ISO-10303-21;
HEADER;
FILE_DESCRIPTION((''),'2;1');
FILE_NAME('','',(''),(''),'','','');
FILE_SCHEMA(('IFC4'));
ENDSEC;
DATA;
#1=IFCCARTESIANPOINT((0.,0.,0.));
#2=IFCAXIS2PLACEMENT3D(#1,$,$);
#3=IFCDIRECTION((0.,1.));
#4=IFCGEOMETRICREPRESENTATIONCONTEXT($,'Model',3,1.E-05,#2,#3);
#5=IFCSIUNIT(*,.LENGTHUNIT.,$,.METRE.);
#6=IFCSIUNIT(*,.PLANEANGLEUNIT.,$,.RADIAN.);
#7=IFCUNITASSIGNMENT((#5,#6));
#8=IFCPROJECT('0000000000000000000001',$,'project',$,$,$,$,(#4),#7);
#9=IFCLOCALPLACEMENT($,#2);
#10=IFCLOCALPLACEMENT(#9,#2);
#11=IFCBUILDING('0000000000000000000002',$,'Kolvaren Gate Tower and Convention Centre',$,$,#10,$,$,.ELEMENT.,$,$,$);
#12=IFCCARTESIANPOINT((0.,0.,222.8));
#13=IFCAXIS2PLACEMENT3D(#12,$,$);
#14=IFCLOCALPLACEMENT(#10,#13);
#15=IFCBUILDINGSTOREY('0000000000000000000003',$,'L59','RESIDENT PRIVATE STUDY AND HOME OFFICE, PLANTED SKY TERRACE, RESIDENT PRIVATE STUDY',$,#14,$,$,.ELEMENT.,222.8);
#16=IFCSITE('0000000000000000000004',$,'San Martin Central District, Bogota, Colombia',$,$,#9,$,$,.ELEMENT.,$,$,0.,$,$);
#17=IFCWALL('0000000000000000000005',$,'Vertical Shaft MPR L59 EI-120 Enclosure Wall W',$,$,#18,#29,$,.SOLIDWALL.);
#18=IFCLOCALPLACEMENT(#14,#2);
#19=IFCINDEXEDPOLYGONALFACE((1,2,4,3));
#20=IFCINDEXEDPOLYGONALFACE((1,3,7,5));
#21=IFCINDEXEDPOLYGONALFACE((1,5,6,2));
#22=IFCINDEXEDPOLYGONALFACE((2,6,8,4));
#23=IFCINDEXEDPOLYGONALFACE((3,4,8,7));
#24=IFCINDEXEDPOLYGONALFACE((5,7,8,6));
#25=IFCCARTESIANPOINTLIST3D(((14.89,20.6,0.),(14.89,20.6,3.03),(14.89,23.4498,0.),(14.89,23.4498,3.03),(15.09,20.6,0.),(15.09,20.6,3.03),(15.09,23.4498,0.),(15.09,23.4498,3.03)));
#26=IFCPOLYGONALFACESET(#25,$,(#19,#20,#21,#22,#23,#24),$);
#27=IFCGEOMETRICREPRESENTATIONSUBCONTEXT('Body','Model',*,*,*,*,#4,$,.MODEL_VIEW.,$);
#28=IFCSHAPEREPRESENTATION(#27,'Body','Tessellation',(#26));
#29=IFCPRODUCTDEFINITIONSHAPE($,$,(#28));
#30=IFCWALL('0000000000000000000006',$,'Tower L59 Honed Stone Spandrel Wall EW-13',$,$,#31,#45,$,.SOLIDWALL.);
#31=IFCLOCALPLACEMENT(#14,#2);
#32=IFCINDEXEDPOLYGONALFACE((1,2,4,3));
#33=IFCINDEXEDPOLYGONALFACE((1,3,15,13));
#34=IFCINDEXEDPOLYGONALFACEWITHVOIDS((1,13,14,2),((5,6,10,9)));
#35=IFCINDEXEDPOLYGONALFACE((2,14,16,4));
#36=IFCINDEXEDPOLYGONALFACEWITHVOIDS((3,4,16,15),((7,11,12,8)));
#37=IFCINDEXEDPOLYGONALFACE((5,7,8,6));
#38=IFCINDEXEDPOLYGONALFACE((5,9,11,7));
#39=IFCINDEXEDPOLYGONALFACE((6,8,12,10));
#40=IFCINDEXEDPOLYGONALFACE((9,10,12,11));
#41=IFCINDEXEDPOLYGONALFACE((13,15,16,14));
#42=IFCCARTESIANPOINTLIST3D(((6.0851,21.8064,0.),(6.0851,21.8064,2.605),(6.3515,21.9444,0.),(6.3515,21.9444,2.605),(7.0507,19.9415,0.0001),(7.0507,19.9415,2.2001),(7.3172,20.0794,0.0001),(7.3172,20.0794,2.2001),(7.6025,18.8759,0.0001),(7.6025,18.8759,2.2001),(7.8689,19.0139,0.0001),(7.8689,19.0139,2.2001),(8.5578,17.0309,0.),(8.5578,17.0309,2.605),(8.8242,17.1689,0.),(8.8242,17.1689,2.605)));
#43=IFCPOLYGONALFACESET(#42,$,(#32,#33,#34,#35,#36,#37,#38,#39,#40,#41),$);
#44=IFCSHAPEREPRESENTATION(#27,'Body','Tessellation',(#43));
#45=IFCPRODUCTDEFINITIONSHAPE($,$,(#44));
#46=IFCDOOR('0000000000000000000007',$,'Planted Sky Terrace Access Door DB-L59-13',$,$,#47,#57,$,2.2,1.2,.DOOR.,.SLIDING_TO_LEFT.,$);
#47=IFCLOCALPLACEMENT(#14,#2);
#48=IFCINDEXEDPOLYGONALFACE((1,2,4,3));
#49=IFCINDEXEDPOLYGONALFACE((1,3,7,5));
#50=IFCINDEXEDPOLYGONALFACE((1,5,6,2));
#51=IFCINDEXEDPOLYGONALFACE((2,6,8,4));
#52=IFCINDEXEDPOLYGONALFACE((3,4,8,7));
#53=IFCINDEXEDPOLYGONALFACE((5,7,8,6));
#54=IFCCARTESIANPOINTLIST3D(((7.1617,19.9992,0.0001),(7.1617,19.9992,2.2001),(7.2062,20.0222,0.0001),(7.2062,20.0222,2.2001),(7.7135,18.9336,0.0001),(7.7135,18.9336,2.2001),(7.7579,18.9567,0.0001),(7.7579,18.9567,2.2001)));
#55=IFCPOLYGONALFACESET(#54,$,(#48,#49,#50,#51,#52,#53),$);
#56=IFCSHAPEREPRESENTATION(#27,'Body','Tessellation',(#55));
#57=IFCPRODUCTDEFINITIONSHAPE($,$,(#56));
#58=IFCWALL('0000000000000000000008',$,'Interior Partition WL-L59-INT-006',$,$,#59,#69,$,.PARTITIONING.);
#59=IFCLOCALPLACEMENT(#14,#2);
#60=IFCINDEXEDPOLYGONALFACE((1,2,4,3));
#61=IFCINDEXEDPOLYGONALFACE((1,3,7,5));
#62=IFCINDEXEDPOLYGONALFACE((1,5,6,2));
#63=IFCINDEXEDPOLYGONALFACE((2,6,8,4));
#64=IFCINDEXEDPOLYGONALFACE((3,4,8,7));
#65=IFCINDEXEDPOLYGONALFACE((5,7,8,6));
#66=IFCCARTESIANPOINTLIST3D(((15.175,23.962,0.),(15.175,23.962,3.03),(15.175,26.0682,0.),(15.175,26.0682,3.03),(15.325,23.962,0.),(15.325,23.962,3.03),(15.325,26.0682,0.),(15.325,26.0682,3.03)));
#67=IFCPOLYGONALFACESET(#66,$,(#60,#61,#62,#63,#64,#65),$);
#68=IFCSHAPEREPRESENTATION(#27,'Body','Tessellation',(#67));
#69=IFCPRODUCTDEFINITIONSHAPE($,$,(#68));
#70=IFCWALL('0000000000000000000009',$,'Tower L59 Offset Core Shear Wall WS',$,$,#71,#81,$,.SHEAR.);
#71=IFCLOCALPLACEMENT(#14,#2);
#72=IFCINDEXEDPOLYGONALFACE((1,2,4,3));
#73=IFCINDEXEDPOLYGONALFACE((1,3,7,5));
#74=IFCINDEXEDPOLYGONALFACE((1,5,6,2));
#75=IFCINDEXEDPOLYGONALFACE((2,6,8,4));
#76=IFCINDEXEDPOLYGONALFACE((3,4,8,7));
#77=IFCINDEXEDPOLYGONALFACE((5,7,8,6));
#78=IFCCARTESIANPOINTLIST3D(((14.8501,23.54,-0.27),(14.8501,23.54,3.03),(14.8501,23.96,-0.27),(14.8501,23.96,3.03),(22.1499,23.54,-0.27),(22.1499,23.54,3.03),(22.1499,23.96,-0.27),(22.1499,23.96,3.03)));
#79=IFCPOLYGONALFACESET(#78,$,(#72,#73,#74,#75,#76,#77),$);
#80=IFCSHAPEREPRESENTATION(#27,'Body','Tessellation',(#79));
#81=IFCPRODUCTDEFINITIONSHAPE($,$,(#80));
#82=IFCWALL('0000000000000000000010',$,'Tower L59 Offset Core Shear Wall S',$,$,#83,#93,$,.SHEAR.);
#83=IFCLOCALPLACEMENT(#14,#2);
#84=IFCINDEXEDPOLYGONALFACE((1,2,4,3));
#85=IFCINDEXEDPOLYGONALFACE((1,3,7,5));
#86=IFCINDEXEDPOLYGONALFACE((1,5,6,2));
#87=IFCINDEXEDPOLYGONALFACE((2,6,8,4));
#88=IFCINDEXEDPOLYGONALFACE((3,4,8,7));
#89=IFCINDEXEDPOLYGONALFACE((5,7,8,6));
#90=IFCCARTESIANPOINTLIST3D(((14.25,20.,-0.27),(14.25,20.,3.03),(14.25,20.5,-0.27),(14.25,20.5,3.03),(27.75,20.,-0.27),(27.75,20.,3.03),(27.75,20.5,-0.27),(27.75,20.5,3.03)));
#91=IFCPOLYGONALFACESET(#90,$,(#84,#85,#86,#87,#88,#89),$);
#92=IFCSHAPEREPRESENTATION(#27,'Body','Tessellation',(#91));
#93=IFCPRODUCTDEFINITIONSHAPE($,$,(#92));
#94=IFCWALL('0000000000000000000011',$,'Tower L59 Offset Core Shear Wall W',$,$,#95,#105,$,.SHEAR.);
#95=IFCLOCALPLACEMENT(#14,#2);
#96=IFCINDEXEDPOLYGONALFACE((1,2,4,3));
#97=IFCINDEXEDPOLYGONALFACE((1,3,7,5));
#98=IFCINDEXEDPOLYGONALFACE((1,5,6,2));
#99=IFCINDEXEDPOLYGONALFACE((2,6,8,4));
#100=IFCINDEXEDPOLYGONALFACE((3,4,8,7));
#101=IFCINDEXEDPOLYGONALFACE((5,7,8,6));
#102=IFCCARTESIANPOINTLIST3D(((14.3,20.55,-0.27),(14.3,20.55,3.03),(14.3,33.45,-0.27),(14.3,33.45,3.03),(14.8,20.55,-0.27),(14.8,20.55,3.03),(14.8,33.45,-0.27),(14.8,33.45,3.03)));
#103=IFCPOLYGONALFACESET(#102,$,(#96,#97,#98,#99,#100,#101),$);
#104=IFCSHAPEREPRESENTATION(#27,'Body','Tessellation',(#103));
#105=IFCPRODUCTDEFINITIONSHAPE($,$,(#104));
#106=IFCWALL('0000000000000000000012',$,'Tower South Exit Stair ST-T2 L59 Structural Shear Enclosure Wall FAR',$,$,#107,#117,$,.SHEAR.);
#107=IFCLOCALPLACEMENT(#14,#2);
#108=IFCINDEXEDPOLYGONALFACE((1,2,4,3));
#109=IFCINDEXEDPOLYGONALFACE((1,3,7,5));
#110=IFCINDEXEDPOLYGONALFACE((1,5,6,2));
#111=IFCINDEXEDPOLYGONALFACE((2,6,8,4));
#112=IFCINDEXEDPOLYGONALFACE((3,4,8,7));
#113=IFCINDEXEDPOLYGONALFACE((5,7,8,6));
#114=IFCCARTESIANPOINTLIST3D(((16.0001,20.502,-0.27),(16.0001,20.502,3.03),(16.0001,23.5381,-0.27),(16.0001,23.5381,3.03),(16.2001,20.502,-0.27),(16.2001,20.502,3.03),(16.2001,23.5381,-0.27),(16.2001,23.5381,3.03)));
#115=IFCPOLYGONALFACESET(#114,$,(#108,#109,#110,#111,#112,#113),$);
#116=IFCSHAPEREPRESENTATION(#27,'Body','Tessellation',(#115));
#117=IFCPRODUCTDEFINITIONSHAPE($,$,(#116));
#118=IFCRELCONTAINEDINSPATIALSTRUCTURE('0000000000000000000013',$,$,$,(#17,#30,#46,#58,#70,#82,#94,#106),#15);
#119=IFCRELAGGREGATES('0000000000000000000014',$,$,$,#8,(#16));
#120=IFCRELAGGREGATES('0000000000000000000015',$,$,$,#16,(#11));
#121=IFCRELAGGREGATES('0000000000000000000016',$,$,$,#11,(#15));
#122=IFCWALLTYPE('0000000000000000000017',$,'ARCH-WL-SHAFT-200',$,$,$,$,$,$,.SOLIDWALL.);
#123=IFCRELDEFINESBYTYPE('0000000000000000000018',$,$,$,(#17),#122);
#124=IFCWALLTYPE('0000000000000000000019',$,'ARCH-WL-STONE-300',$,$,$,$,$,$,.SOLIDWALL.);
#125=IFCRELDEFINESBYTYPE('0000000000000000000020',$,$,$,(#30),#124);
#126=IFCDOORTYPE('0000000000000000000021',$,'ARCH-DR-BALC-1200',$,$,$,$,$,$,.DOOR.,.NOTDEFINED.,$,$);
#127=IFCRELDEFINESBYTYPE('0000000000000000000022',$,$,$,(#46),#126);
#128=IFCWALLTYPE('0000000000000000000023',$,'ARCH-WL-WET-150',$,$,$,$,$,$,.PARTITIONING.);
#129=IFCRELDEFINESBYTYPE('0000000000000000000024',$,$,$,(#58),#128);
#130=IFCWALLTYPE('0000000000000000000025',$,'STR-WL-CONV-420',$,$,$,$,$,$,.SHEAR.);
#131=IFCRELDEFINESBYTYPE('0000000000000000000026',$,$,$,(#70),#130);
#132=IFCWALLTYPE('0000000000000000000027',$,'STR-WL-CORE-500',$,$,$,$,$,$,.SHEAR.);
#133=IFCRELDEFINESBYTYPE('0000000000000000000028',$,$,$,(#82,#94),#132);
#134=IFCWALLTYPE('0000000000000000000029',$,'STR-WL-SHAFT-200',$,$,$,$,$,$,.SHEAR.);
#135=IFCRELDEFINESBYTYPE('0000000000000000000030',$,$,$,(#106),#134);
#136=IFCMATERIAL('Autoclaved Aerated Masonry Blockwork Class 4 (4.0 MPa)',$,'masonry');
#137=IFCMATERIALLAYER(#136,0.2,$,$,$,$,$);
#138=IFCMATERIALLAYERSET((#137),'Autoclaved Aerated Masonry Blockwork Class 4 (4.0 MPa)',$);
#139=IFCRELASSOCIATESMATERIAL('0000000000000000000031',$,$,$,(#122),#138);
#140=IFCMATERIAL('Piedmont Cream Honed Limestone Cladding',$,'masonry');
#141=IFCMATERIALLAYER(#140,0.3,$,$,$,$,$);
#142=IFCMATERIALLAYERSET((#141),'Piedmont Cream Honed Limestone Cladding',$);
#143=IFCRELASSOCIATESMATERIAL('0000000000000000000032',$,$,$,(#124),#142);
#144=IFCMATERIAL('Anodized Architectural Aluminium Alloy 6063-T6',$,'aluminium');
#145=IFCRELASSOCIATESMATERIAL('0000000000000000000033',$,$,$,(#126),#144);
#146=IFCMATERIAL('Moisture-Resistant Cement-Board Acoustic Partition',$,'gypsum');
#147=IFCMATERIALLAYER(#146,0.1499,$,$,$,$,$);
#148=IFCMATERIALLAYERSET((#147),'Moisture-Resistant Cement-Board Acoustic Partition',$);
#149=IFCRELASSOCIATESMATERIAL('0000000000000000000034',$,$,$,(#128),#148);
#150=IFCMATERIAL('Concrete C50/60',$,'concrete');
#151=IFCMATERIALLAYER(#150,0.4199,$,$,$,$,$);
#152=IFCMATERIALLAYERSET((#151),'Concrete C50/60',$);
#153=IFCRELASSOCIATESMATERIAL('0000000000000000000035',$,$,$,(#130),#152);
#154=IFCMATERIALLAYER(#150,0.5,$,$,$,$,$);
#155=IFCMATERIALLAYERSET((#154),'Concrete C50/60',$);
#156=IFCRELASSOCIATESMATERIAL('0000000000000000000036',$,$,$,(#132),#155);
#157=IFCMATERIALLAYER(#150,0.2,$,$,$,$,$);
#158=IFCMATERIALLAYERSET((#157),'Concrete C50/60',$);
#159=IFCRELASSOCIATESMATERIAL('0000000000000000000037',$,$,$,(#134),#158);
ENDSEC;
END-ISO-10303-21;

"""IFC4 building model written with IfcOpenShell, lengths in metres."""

from ifc_helpers import new_model, si_unit, direction, frame, frame_2d, origin, place, context, subcontext, project, spatial, rectangle, extrude, material, layer, layer_set, type_object, element, fill, save


model = new_model("IFC4")

# Units and contexts
model_context = context("Model", 3, precision=1e-05, world=origin(), true_north=direction((0.0, 1.0)))
body_context = subcontext(model_context, "Body", "Model", "MODEL_VIEW")
ifc_project = project(units=[si_unit("LENGTHUNIT", "METRE"), si_unit("PLANEANGLEUNIT", "RADIAN")], contexts=[model_context])

# Site, building, storey
site_placement = place(None, origin())
site = spatial("IfcSite", under=ifc_project, at=site_placement, Name="San Martin Central District, Bogota, Colombia", CompositionType="ELEMENT", RefElevation=0.0)
building_placement = place(site_placement, origin())
building = spatial("IfcBuilding", under=site, at=building_placement, Name="Kolvaren Gate Tower and Convention Centre", CompositionType="ELEMENT")
storey_placement = place(building_placement, frame((0.0, 0.0, 222.8)))
storey = spatial("IfcBuildingStorey", under=building, at=storey_placement, Name="L59", Description="RESIDENT PRIVATE STUDY AND HOME OFFICE, PLANTED SKY TERRACE, RESIDENT PRIVATE STUDY", CompositionType="ELEMENT", Elevation=222.8)

# Wall
ifc_material_1 = material(Name="Piedmont Cream Honed Limestone Cladding", Category="masonry")
ifc_material_2 = material(Name="Autoclaved Aerated Masonry Blockwork Class 4 (4.0 MPa)", Category="masonry")
ifc_layer_1 = layer(ifc_material_2, 0.2)
ifc_layer_set_1 = layer_set([ifc_layer_1], Name="Autoclaved Aerated Masonry Blockwork Class 4 (4.0 MPa)")
wall_type_1 = type_object("IfcWallType", Name="ARCH-WL-SHAFT-200", PredefinedType="SOLIDWALL", material=ifc_layer_set_1)
wall_1_placement = place(storey_placement, frame((14.99, 20.6001, 0.0), z_axis=(0.0, 0.0, 1.0), x_axis=(0.0, 1.0, 0.0)))
element("IfcWall", 1, at=wall_1_placement, inside=storey, type_object=wall_type_1, Name="Vertical Shaft MPR L59 EI-120 Enclosure Wall W", PredefinedType="SOLIDWALL", context=body_context, shape_type="SweptSolid", body=[
    extrude(rectangle(XDim=2.8499, YDim=0.2, at=frame_2d((1.4248, 0.0))), origin(), (0.0, 0.0, 1.0), 3.03),
])

# Wall, opening, door
ifc_layer_2 = layer(ifc_material_1, 0.3)
ifc_layer_set_2 = layer_set([ifc_layer_2], Name="Piedmont Cream Honed Limestone Cladding")
wall_type_2 = type_object("IfcWallType", Name="ARCH-WL-STONE-300", PredefinedType="SOLIDWALL", material=ifc_layer_set_2)
wall_2_placement = place(storey_placement, frame((6.2183, 21.8755, 0.0), z_axis=(0.0, 0.0, 1.0), x_axis=(0.459808, -0.888018, 0.0)))
wall_2 = element("IfcWall", 2, at=wall_2_placement, inside=storey, type_object=wall_type_2, Name="Tower L59 Honed Stone Spandrel Wall EW-13", PredefinedType="SOLIDWALL", context=body_context, shape_type="SweptSolid", body=[
    extrude(rectangle(XDim=5.3777, YDim=0.3, at=frame_2d((2.689, 0.0))), origin(), (0.0, 0.0, 1.0), 2.605),
])
opening_placement = place(wall_2_placement, frame((2.1001, 0.0, 0.0)))
opening = element("IfcOpeningElement", 3, at=opening_placement, cuts=wall_2, PredefinedType="OPENING", context=body_context, shape_type="SweptSolid", body=[
    extrude(rectangle(XDim=1.2, YDim=2.2, at=frame_2d((0.6001, 1.1001))), frame((0.0, 0.1599, 0.0), z_axis=(0.0, -1.0, 0.0), x_axis=(1.0, 0.0, 0.0)), (0.0, 0.0, 1.0), 0.3201),
])
ifc_material_3 = material(Name="Anodized Architectural Aluminium Alloy 6063-T6", Category="aluminium")
door_type = type_object("IfcDoorType", Name="ARCH-DR-BALC-1200", OperationType="NOTDEFINED", PredefinedType="DOOR", material=ifc_material_3)
door_placement = place(opening_placement, frame((1.2, 0.0, 0.0), z_axis=(0.0, 0.0, 1.0), x_axis=(-1.0, 0.0, 0.0)))
door = element("IfcDoor", 4, at=door_placement, inside=storey, type_object=door_type, Name="Planted Sky Terrace Access Door DB-L59-13", OperationType="SLIDING_TO_LEFT", OverallHeight=2.2, OverallWidth=1.2, PredefinedType="DOOR", context=body_context, shape_type="SweptSolid", body=[
    extrude(rectangle(XDim=1.2, YDim=2.2, at=frame_2d((0.6001, 1.1001))), frame((0.0, 0.0249, 0.0), z_axis=(0.0, -1.0, 0.0), x_axis=(1.0, 0.0, 0.0)), (0.0, 0.0, 1.0), 0.05),
])
fill(opening, door)

# Walls
ifc_material_4 = material(Name="Moisture-Resistant Cement-Board Acoustic Partition", Category="gypsum")
ifc_layer_3 = layer(ifc_material_4, 0.1499)
ifc_layer_set_3 = layer_set([ifc_layer_3], Name="Moisture-Resistant Cement-Board Acoustic Partition")
wall_type_3 = type_object("IfcWallType", Name="ARCH-WL-WET-150", PredefinedType="PARTITIONING", material=ifc_layer_set_3)
wall_3_placement = place(storey_placement, frame((15.25, 23.9619, 0.0), z_axis=(0.0, 0.0, 1.0), x_axis=(0.0, 1.0, 0.0)))
element("IfcWall", 5, at=wall_3_placement, inside=storey, type_object=wall_type_3, Name="Interior Partition WL-L59-INT-006", PredefinedType="PARTITIONING", context=body_context, shape_type="SweptSolid", body=[
    extrude(rectangle(XDim=2.1062, YDim=0.1499, at=frame_2d((1.0532, 0.0))), origin(), (0.0, 0.0, 1.0), 3.03),
])
ifc_material_5 = material(Name="Concrete C50/60", Category="concrete")
ifc_layer_4 = layer(ifc_material_5, 0.4199)
ifc_layer_set_4 = layer_set([ifc_layer_4], Name="Concrete C50/60")
wall_type_4 = type_object("IfcWallType", Name="STR-WL-CONV-420", PredefinedType="SHEAR", material=ifc_layer_set_4)
wall_4_placement = place(storey_placement, frame((14.8501, 23.75, -0.27), z_axis=(0.0, 0.0, 1.0), x_axis=(1.0, 0.0, 0.0)))
element("IfcWall", 6, at=wall_4_placement, inside=storey, type_object=wall_type_4, Name="Tower L59 Offset Core Shear Wall WS", PredefinedType="SHEAR", context=body_context, shape_type="SweptSolid", body=[
    extrude(rectangle(XDim=7.2998, YDim=0.4199, at=frame_2d((3.6499, 0.0))), origin(), (0.0, 0.0, 1.0), 3.3),
])
ifc_layer_5 = layer(ifc_material_5, 0.5)
ifc_layer_set_5 = layer_set([ifc_layer_5], Name="Concrete C50/60")
wall_type_5 = type_object("IfcWallType", Name="STR-WL-CORE-500", PredefinedType="SHEAR", material=ifc_layer_set_5)
wall_5_placement = place(storey_placement, frame((14.25, 20.25, -0.27), z_axis=(0.0, 0.0, 1.0), x_axis=(1.0, 0.0, 0.0)))
element("IfcWall", 7, at=wall_5_placement, inside=storey, type_object=wall_type_5, Name="Tower L59 Offset Core Shear Wall S", PredefinedType="SHEAR", context=body_context, shape_type="SweptSolid", body=[
    extrude(rectangle(XDim=13.5, YDim=0.5, at=frame_2d((6.75, 0.0))), origin(), (0.0, 0.0, 1.0), 3.3),
])
wall_6_placement = place(storey_placement, frame((14.55, 20.55, -0.27), z_axis=(0.0, 0.0, 1.0), x_axis=(0.0, 1.0, 0.0)))
element("IfcWall", 8, at=wall_6_placement, inside=storey, type_object=wall_type_5, Name="Tower L59 Offset Core Shear Wall W", PredefinedType="SHEAR", context=body_context, shape_type="SweptSolid", body=[
    extrude(rectangle(XDim=12.8999, YDim=0.5, at=frame_2d((6.45, 0.0))), origin(), (0.0, 0.0, 1.0), 3.3),
])
ifc_layer_6 = layer(ifc_material_5, 0.2)
ifc_layer_set_6 = layer_set([ifc_layer_6], Name="Concrete C50/60")
wall_type_6 = type_object("IfcWallType", Name="STR-WL-SHAFT-200", PredefinedType="SHEAR", material=ifc_layer_set_6)
wall_7_placement = place(storey_placement, frame((16.1001, 20.502, -0.27), z_axis=(0.0, 0.0, 1.0), x_axis=(0.0, 1.0, 0.0)))
element("IfcWall", 9, at=wall_7_placement, inside=storey, type_object=wall_type_6, Name="Tower South Exit Stair ST-T2 L59 Structural Shear Enclosure Wall FAR", PredefinedType="SHEAR", context=body_context, shape_type="SweptSolid", body=[
    extrude(rectangle(XDim=3.0361, YDim=0.2, at=frame_2d((1.5181, 0.0))), origin(), (0.0, 0.0, 1.0), 3.3),
])

save(model, "model.ifc")
